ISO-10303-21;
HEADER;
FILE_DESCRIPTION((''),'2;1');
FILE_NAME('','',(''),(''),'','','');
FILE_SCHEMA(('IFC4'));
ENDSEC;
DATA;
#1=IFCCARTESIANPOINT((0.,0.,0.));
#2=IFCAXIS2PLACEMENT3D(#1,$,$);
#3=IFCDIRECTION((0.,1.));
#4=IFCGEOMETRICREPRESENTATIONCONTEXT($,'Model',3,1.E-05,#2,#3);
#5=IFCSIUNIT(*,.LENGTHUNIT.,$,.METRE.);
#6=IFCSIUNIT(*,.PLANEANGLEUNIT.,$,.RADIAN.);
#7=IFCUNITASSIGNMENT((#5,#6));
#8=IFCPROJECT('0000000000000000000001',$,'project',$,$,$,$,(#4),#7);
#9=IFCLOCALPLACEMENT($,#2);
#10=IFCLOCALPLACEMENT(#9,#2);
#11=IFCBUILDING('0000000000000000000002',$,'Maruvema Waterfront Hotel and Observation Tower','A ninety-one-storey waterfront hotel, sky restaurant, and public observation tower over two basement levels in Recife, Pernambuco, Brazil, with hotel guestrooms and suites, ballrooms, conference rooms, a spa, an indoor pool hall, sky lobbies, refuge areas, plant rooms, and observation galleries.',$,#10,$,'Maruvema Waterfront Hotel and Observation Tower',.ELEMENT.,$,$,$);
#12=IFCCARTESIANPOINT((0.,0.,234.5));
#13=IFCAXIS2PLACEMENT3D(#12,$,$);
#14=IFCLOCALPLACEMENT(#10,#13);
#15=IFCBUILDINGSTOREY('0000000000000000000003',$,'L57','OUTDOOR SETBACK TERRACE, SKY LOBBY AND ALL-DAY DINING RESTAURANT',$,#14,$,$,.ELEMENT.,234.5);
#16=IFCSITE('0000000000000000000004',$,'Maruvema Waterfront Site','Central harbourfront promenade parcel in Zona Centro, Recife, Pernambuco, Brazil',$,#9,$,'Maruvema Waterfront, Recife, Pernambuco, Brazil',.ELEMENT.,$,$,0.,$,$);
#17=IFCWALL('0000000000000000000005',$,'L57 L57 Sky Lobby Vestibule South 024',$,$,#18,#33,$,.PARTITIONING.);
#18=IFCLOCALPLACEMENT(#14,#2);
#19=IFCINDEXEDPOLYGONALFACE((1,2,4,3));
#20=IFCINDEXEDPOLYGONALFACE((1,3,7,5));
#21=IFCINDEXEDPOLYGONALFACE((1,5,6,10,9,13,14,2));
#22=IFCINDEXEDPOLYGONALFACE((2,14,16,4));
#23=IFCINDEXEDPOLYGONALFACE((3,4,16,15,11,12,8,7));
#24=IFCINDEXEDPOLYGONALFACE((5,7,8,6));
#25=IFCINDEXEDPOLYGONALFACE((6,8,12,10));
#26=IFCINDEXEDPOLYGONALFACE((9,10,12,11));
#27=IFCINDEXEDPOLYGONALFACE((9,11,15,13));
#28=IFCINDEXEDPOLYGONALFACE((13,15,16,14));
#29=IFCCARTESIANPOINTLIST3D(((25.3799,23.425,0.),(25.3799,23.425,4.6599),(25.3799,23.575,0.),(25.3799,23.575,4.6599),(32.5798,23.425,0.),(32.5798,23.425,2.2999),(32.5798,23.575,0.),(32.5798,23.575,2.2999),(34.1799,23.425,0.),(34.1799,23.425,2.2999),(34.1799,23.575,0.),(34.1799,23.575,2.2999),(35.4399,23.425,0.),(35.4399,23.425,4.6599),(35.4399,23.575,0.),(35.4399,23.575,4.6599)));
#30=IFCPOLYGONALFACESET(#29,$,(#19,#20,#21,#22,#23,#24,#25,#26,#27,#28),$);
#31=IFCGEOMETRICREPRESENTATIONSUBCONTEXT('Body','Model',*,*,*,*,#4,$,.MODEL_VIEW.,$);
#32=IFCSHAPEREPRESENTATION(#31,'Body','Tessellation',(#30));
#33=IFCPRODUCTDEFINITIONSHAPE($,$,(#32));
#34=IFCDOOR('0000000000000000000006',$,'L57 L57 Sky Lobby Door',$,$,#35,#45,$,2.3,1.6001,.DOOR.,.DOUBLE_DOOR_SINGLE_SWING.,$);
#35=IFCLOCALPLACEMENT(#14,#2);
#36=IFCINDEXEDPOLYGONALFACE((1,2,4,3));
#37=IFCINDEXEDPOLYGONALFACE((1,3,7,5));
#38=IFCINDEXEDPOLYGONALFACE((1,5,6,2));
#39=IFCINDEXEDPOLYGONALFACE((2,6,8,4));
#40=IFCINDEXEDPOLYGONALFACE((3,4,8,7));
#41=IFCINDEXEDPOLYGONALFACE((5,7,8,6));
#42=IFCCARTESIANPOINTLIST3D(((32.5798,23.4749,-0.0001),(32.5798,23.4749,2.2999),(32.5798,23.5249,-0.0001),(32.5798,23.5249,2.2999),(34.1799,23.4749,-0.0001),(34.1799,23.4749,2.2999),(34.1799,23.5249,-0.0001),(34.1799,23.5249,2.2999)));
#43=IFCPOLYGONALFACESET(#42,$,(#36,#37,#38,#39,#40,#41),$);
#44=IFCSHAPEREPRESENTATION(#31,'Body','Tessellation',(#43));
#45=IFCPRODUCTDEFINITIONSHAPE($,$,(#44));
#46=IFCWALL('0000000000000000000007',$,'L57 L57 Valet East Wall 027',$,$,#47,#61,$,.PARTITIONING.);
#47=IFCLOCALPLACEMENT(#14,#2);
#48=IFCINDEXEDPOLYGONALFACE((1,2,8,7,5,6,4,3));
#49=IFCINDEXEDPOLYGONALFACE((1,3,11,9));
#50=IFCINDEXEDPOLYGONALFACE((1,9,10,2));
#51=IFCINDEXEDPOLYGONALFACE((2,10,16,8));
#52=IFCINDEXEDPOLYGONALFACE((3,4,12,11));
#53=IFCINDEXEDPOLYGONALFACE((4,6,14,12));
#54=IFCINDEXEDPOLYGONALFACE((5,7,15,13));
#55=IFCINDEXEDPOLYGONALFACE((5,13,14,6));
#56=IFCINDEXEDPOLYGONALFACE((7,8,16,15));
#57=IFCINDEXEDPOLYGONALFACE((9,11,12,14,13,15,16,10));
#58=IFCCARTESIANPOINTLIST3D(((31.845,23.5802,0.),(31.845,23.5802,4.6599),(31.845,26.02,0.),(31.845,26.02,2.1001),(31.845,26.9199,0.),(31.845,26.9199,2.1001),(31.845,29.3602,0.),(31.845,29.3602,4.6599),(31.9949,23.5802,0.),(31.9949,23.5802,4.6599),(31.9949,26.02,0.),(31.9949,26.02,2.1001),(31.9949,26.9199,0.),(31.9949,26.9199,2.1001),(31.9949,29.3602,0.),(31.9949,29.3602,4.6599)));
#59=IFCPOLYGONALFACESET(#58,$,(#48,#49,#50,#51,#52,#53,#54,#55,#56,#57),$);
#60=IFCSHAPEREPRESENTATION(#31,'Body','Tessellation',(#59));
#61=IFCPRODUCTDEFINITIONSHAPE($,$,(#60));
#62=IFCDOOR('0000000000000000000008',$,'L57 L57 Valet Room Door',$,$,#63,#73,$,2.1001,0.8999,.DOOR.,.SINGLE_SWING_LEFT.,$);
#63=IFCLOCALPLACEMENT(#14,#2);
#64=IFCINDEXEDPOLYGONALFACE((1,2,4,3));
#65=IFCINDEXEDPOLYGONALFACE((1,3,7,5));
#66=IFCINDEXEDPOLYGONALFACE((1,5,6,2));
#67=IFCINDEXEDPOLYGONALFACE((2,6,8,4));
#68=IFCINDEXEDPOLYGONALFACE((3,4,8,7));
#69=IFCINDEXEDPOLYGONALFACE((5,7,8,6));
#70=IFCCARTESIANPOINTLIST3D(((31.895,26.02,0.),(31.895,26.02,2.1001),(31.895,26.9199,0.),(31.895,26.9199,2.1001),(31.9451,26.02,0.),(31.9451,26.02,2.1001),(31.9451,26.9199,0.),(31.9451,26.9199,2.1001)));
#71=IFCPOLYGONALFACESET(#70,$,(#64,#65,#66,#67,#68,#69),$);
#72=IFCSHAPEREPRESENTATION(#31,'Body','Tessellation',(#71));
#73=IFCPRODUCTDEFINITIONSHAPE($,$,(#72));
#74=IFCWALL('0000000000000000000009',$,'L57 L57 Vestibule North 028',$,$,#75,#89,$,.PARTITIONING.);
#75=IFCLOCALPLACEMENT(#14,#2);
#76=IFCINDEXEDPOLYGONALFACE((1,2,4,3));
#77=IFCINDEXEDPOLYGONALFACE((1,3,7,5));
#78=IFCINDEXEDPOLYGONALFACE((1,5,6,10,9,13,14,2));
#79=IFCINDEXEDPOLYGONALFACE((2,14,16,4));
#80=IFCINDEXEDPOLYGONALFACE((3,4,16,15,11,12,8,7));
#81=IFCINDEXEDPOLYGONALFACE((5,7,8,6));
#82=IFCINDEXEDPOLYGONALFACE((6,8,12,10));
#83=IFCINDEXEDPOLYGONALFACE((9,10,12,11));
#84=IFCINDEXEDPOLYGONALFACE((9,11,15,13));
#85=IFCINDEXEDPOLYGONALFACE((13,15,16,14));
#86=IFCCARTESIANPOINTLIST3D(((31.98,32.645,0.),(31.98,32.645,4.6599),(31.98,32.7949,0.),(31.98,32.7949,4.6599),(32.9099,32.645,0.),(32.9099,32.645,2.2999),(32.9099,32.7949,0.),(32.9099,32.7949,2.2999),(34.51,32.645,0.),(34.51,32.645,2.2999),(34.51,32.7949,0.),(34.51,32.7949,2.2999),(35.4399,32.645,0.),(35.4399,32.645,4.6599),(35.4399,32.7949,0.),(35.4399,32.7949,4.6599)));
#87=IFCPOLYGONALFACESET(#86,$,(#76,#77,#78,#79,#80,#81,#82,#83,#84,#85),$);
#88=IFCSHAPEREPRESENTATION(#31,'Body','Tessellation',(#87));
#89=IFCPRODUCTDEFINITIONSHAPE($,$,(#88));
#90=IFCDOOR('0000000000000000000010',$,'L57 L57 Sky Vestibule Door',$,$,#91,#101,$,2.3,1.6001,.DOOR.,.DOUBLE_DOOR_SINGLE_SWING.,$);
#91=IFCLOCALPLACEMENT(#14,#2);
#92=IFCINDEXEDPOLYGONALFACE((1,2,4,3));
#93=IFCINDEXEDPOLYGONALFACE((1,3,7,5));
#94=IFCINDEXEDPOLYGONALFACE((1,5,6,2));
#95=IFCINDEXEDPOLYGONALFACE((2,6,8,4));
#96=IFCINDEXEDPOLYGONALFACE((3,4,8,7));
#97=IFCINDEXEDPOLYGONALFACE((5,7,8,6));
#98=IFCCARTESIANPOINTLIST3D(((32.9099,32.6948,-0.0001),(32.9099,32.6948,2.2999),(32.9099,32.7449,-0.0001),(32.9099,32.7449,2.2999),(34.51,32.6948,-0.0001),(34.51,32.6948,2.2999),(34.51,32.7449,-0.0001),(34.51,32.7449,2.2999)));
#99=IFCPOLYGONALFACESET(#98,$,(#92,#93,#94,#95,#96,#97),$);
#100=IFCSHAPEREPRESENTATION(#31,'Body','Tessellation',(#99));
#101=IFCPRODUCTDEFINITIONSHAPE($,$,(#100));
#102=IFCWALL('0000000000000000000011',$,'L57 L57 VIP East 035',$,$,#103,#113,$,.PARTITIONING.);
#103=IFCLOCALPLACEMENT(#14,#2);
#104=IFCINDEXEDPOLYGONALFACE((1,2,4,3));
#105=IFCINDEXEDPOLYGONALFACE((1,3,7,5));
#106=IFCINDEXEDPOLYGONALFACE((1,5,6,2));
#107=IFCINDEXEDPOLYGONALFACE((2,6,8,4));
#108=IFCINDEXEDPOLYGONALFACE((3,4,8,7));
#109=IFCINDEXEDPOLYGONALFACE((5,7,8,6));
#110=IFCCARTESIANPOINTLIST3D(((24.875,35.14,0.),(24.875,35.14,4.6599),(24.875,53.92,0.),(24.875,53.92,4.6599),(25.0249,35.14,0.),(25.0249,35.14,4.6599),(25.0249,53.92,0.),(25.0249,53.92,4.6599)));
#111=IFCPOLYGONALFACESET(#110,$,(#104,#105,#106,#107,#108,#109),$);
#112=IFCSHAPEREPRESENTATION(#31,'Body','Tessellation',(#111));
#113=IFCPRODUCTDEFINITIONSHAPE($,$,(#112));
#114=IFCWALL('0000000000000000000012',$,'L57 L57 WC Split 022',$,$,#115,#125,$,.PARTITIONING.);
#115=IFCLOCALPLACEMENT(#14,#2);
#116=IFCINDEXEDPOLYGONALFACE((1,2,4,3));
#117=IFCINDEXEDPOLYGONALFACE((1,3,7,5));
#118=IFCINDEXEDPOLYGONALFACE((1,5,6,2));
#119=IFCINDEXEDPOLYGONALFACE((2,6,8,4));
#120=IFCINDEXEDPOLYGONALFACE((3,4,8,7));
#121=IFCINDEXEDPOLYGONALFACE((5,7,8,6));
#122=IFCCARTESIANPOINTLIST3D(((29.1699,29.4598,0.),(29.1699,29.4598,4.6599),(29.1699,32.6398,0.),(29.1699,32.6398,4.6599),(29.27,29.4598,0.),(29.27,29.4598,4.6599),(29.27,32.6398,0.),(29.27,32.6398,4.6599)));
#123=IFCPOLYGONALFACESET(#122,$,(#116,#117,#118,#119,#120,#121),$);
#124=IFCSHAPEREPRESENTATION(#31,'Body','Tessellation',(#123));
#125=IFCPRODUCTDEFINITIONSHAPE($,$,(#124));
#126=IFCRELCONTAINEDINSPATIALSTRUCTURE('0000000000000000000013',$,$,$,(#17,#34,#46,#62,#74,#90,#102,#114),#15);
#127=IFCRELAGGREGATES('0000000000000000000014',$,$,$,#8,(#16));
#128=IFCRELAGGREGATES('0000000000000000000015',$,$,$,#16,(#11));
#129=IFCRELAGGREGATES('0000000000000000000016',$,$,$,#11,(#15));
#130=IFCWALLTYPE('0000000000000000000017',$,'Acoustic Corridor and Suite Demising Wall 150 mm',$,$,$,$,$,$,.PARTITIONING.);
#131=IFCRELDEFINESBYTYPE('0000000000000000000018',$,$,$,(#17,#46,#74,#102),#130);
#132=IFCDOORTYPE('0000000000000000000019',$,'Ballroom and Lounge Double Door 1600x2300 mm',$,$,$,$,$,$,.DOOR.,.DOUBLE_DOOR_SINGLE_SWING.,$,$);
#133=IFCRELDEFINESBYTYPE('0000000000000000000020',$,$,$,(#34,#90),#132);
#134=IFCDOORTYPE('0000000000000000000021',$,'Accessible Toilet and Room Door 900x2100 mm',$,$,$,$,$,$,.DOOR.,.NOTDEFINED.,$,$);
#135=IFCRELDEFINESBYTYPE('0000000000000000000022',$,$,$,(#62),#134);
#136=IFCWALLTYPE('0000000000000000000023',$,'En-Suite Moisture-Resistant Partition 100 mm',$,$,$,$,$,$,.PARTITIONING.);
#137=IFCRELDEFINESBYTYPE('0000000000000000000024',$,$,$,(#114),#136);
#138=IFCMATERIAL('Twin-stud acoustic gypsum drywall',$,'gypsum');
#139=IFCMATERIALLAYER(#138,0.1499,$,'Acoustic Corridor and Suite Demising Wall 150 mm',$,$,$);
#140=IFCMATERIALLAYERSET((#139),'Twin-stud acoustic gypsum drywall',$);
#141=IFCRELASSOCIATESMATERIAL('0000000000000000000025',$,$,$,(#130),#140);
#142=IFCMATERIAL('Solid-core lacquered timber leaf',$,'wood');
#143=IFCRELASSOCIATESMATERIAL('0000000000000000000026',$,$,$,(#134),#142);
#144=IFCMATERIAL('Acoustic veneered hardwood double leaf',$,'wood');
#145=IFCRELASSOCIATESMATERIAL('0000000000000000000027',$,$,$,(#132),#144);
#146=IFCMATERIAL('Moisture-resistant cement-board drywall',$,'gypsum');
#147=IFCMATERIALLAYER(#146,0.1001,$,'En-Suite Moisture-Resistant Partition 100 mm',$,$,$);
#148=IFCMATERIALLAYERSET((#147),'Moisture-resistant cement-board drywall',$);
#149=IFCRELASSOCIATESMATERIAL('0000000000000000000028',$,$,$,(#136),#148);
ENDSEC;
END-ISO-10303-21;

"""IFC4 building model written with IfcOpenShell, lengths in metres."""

from ifc_helpers import new_model, si_unit, direction, frame, frame_2d, origin, place, context, subcontext, project, spatial, rectangle, extrude, material, layer, layer_set, type_object, element, fill, save


model = new_model("IFC4")

# Units and contexts
model_context = context("Model", 3, precision=1e-05, world=origin(), true_north=direction((0.0, 1.0)))
body_context = subcontext(model_context, "Body", "Model", "MODEL_VIEW")
ifc_project = project(units=[si_unit("LENGTHUNIT", "METRE"), si_unit("PLANEANGLEUNIT", "RADIAN")], contexts=[model_context])

# Site, building, storey
site_placement = place(None, origin())
site = spatial("IfcSite", under=ifc_project, at=site_placement, Name="Maruvema Waterfront Site", Description="Central harbourfront promenade parcel in Zona Centro, Recife, Pernambuco, Brazil", LongName="Maruvema Waterfront, Recife, Pernambuco, Brazil", CompositionType="ELEMENT", RefElevation=0.0)
building_placement = place(site_placement, origin())
building = spatial("IfcBuilding", under=site, at=building_placement, Name="Maruvema Waterfront Hotel and Observation Tower", Description="A ninety-one-storey waterfront hotel, sky restaurant, and public observation tower over two basement levels in Recife, Pernambuco, Brazil, with hotel guestrooms and suites, ballrooms, conference rooms, a spa, an indoor pool hall, sky lobbies, refuge areas, plant rooms, and observation galleries.", LongName="Maruvema Waterfront Hotel and Observation Tower", CompositionType="ELEMENT")
storey_placement = place(building_placement, frame((0.0, 0.0, 234.5)))
storey = spatial("IfcBuildingStorey", under=building, at=storey_placement, Name="L57", Description="OUTDOOR SETBACK TERRACE, SKY LOBBY AND ALL-DAY DINING RESTAURANT", CompositionType="ELEMENT", Elevation=234.5)

# Shared definitions
ifc_material_1 = material(Name="Twin-stud acoustic gypsum drywall", Category="gypsum")
ifc_layer_1 = layer(ifc_material_1, 0.1499, Name="Acoustic Corridor and Suite Demising Wall 150 mm")
ifc_layer_set_1 = layer_set([ifc_layer_1], Name="Twin-stud acoustic gypsum drywall")
wall_type_1 = type_object("IfcWallType", Name="Acoustic Corridor and Suite Demising Wall 150 mm", PredefinedType="PARTITIONING", material=ifc_layer_set_1)
ifc_material_2 = material(Name="Solid-core lacquered timber leaf", Category="wood")
door_type_1 = type_object("IfcDoorType", Name="Accessible Toilet and Room Door 900x2100 mm", OperationType="NOTDEFINED", PredefinedType="DOOR", material=ifc_material_2)

# Walls, openings, doors
wall_1_placement = place(storey_placement, frame((25.3799, 23.5, 0.0), z_axis=(0.0, 0.0, 1.0), x_axis=(1.0, 0.0, 0.0)))
wall_1 = element("IfcWall", 1, at=wall_1_placement, inside=storey, type_object=wall_type_1, Name="L57 L57 Sky Lobby Vestibule South 024", PredefinedType="PARTITIONING", context=body_context, shape_type="SweptSolid", body=[
    extrude(rectangle(XDim=10.0601, YDim=0.1499, at=frame_2d((5.03, 0.0))), origin(), (0.0, 0.0, 1.0), 4.6599),
])
opening_1_placement = place(wall_1_placement, frame((7.2, 0.0, 0.0)))
opening_1 = element("IfcOpeningElement", 2, at=opening_1_placement, cuts=wall_1, PredefinedType="OPENING", context=body_context, shape_type="SweptSolid", body=[
    extrude(rectangle(XDim=1.6001, YDim=2.3, at=frame_2d((0.8, 1.1499))), frame((0.0, 0.085, 0.0), z_axis=(0.0, -1.0, 0.0), x_axis=(1.0, 0.0, 0.0)), (0.0, 0.0, 1.0), 0.1699),
])
ifc_material_3 = material(Name="Acoustic veneered hardwood double leaf", Category="wood")
door_type_2 = type_object("IfcDoorType", Name="Ballroom and Lounge Double Door 1600x2300 mm", OperationType="DOUBLE_DOOR_SINGLE_SWING", PredefinedType="DOOR", material=ifc_material_3)
door_1_placement = place(opening_1_placement, origin())
door_1 = element("IfcDoor", 3, at=door_1_placement, inside=storey, type_object=door_type_2, Name="L57 L57 Sky Lobby Door", OperationType="DOUBLE_DOOR_SINGLE_SWING", OverallHeight=2.3, OverallWidth=1.6001, PredefinedType="DOOR", context=body_context, shape_type="SweptSolid", body=[
    extrude(rectangle(XDim=1.6001, YDim=2.3, at=frame_2d((0.8, 1.1499))), frame((0.0, 0.0249, 0.0), z_axis=(0.0, -1.0, 0.0), x_axis=(1.0, 0.0, 0.0)), (0.0, 0.0, 1.0), 0.05),
])
fill(opening_1, door_1)
wall_2_placement = place(storey_placement, frame((31.9199, 23.5801, 0.0), z_axis=(0.0, 0.0, 1.0), x_axis=(0.0, 1.0, 0.0)))
wall_2 = element("IfcWall", 4, at=wall_2_placement, inside=storey, type_object=wall_type_1, Name="L57 L57 Valet East Wall 027", PredefinedType="PARTITIONING", context=body_context, shape_type="SweptSolid", body=[
    extrude(rectangle(XDim=5.78, YDim=0.1499, at=frame_2d((2.8901, 0.0))), origin(), (0.0, 0.0, 1.0), 4.6599),
])
opening_2_placement = place(wall_2_placement, frame((2.4399, 0.0, 0.0)))
opening_2 = element("IfcOpeningElement", 5, at=opening_2_placement, cuts=wall_2, PredefinedType="OPENING", context=body_context, shape_type="SweptSolid", body=[
    extrude(rectangle(XDim=0.8999, YDim=2.1001, at=frame_2d((0.45, 1.05))), frame((0.0, 0.085, 0.0), z_axis=(0.0, -1.0, 0.0), x_axis=(1.0, 0.0, 0.0)), (0.0, 0.0, 1.0), 0.1699),
])
door_2_placement = place(opening_2_placement, origin())
door_2 = element("IfcDoor", 6, at=door_2_placement, inside=storey, type_object=door_type_1, Name="L57 L57 Valet Room Door", OperationType="SINGLE_SWING_LEFT", OverallHeight=2.1001, OverallWidth=0.8999, PredefinedType="DOOR", context=body_context, shape_type="SweptSolid", body=[
    extrude(rectangle(XDim=0.8999, YDim=2.1001, at=frame_2d((0.45, 1.05))), frame((0.0, 0.0249, 0.0), z_axis=(0.0, -1.0, 0.0), x_axis=(1.0, 0.0, 0.0)), (0.0, 0.0, 1.0), 0.05),
])
fill(opening_2, door_2)
wall_3_placement = place(storey_placement, frame((31.98, 32.72, 0.0), z_axis=(0.0, 0.0, 1.0), x_axis=(1.0, 0.0, 0.0)))
wall_3 = element("IfcWall", 7, at=wall_3_placement, inside=storey, type_object=wall_type_1, Name="L57 L57 Vestibule North 028", PredefinedType="PARTITIONING", context=body_context, shape_type="SweptSolid", body=[
    extrude(rectangle(XDim=3.46, YDim=0.1499, at=frame_2d((1.73, 0.0))), origin(), (0.0, 0.0, 1.0), 4.6599),
])
opening_3_placement = place(wall_3_placement, frame((0.9299, 0.0, 0.0)))
opening_3 = element("IfcOpeningElement", 8, at=opening_3_placement, cuts=wall_3, PredefinedType="OPENING", context=body_context, shape_type="SweptSolid", body=[
    extrude(rectangle(XDim=1.6001, YDim=2.3, at=frame_2d((0.8, 1.1499))), frame((0.0, 0.085, 0.0), z_axis=(0.0, -1.0, 0.0), x_axis=(1.0, 0.0, 0.0)), (0.0, 0.0, 1.0), 0.1699),
])
door_3_placement = place(opening_3_placement, origin())
door_3 = element("IfcDoor", 9, at=door_3_placement, inside=storey, type_object=door_type_2, Name="L57 L57 Sky Vestibule Door", OperationType="DOUBLE_DOOR_SINGLE_SWING", OverallHeight=2.3, OverallWidth=1.6001, PredefinedType="DOOR", context=body_context, shape_type="SweptSolid", body=[
    extrude(rectangle(XDim=1.6001, YDim=2.3, at=frame_2d((0.8, 1.1499))), frame((0.0, 0.0249, 0.0), z_axis=(0.0, -1.0, 0.0), x_axis=(1.0, 0.0, 0.0)), (0.0, 0.0, 1.0), 0.05),
])
fill(opening_3, door_3)

# Walls
wall_4_placement = place(storey_placement, frame((24.95, 35.1399, 0.0), z_axis=(0.0, 0.0, 1.0), x_axis=(0.0, 1.0, 0.0)))
element("IfcWall", 10, at=wall_4_placement, inside=storey, type_object=wall_type_1, Name="L57 L57 VIP East 035", PredefinedType="PARTITIONING", context=body_context, shape_type="SweptSolid", body=[
    extrude(rectangle(XDim=18.78, YDim=0.1499, at=frame_2d((9.3901, 0.0))), origin(), (0.0, 0.0, 1.0), 4.6599),
])
ifc_material_4 = material(Name="Moisture-resistant cement-board drywall", Category="gypsum")
ifc_layer_2 = layer(ifc_material_4, 0.1001, Name="En-Suite Moisture-Resistant Partition 100 mm")
ifc_layer_set_2 = layer_set([ifc_layer_2], Name="Moisture-resistant cement-board drywall")
wall_type_2 = type_object("IfcWallType", Name="En-Suite Moisture-Resistant Partition 100 mm", PredefinedType="PARTITIONING", material=ifc_layer_set_2)
wall_5_placement = place(storey_placement, frame((29.22, 29.46, 0.0), z_axis=(0.0, 0.0, 1.0), x_axis=(0.0, 1.0, 0.0)))
element("IfcWall", 11, at=wall_5_placement, inside=storey, type_object=wall_type_2, Name="L57 L57 WC Split 022", PredefinedType="PARTITIONING", context=body_context, shape_type="SweptSolid", body=[
    extrude(rectangle(XDim=3.1799, YDim=0.1001, at=frame_2d((1.5898, 0.0))), origin(), (0.0, 0.0, 1.0), 4.6599),
])

save(model, "model.ifc")
